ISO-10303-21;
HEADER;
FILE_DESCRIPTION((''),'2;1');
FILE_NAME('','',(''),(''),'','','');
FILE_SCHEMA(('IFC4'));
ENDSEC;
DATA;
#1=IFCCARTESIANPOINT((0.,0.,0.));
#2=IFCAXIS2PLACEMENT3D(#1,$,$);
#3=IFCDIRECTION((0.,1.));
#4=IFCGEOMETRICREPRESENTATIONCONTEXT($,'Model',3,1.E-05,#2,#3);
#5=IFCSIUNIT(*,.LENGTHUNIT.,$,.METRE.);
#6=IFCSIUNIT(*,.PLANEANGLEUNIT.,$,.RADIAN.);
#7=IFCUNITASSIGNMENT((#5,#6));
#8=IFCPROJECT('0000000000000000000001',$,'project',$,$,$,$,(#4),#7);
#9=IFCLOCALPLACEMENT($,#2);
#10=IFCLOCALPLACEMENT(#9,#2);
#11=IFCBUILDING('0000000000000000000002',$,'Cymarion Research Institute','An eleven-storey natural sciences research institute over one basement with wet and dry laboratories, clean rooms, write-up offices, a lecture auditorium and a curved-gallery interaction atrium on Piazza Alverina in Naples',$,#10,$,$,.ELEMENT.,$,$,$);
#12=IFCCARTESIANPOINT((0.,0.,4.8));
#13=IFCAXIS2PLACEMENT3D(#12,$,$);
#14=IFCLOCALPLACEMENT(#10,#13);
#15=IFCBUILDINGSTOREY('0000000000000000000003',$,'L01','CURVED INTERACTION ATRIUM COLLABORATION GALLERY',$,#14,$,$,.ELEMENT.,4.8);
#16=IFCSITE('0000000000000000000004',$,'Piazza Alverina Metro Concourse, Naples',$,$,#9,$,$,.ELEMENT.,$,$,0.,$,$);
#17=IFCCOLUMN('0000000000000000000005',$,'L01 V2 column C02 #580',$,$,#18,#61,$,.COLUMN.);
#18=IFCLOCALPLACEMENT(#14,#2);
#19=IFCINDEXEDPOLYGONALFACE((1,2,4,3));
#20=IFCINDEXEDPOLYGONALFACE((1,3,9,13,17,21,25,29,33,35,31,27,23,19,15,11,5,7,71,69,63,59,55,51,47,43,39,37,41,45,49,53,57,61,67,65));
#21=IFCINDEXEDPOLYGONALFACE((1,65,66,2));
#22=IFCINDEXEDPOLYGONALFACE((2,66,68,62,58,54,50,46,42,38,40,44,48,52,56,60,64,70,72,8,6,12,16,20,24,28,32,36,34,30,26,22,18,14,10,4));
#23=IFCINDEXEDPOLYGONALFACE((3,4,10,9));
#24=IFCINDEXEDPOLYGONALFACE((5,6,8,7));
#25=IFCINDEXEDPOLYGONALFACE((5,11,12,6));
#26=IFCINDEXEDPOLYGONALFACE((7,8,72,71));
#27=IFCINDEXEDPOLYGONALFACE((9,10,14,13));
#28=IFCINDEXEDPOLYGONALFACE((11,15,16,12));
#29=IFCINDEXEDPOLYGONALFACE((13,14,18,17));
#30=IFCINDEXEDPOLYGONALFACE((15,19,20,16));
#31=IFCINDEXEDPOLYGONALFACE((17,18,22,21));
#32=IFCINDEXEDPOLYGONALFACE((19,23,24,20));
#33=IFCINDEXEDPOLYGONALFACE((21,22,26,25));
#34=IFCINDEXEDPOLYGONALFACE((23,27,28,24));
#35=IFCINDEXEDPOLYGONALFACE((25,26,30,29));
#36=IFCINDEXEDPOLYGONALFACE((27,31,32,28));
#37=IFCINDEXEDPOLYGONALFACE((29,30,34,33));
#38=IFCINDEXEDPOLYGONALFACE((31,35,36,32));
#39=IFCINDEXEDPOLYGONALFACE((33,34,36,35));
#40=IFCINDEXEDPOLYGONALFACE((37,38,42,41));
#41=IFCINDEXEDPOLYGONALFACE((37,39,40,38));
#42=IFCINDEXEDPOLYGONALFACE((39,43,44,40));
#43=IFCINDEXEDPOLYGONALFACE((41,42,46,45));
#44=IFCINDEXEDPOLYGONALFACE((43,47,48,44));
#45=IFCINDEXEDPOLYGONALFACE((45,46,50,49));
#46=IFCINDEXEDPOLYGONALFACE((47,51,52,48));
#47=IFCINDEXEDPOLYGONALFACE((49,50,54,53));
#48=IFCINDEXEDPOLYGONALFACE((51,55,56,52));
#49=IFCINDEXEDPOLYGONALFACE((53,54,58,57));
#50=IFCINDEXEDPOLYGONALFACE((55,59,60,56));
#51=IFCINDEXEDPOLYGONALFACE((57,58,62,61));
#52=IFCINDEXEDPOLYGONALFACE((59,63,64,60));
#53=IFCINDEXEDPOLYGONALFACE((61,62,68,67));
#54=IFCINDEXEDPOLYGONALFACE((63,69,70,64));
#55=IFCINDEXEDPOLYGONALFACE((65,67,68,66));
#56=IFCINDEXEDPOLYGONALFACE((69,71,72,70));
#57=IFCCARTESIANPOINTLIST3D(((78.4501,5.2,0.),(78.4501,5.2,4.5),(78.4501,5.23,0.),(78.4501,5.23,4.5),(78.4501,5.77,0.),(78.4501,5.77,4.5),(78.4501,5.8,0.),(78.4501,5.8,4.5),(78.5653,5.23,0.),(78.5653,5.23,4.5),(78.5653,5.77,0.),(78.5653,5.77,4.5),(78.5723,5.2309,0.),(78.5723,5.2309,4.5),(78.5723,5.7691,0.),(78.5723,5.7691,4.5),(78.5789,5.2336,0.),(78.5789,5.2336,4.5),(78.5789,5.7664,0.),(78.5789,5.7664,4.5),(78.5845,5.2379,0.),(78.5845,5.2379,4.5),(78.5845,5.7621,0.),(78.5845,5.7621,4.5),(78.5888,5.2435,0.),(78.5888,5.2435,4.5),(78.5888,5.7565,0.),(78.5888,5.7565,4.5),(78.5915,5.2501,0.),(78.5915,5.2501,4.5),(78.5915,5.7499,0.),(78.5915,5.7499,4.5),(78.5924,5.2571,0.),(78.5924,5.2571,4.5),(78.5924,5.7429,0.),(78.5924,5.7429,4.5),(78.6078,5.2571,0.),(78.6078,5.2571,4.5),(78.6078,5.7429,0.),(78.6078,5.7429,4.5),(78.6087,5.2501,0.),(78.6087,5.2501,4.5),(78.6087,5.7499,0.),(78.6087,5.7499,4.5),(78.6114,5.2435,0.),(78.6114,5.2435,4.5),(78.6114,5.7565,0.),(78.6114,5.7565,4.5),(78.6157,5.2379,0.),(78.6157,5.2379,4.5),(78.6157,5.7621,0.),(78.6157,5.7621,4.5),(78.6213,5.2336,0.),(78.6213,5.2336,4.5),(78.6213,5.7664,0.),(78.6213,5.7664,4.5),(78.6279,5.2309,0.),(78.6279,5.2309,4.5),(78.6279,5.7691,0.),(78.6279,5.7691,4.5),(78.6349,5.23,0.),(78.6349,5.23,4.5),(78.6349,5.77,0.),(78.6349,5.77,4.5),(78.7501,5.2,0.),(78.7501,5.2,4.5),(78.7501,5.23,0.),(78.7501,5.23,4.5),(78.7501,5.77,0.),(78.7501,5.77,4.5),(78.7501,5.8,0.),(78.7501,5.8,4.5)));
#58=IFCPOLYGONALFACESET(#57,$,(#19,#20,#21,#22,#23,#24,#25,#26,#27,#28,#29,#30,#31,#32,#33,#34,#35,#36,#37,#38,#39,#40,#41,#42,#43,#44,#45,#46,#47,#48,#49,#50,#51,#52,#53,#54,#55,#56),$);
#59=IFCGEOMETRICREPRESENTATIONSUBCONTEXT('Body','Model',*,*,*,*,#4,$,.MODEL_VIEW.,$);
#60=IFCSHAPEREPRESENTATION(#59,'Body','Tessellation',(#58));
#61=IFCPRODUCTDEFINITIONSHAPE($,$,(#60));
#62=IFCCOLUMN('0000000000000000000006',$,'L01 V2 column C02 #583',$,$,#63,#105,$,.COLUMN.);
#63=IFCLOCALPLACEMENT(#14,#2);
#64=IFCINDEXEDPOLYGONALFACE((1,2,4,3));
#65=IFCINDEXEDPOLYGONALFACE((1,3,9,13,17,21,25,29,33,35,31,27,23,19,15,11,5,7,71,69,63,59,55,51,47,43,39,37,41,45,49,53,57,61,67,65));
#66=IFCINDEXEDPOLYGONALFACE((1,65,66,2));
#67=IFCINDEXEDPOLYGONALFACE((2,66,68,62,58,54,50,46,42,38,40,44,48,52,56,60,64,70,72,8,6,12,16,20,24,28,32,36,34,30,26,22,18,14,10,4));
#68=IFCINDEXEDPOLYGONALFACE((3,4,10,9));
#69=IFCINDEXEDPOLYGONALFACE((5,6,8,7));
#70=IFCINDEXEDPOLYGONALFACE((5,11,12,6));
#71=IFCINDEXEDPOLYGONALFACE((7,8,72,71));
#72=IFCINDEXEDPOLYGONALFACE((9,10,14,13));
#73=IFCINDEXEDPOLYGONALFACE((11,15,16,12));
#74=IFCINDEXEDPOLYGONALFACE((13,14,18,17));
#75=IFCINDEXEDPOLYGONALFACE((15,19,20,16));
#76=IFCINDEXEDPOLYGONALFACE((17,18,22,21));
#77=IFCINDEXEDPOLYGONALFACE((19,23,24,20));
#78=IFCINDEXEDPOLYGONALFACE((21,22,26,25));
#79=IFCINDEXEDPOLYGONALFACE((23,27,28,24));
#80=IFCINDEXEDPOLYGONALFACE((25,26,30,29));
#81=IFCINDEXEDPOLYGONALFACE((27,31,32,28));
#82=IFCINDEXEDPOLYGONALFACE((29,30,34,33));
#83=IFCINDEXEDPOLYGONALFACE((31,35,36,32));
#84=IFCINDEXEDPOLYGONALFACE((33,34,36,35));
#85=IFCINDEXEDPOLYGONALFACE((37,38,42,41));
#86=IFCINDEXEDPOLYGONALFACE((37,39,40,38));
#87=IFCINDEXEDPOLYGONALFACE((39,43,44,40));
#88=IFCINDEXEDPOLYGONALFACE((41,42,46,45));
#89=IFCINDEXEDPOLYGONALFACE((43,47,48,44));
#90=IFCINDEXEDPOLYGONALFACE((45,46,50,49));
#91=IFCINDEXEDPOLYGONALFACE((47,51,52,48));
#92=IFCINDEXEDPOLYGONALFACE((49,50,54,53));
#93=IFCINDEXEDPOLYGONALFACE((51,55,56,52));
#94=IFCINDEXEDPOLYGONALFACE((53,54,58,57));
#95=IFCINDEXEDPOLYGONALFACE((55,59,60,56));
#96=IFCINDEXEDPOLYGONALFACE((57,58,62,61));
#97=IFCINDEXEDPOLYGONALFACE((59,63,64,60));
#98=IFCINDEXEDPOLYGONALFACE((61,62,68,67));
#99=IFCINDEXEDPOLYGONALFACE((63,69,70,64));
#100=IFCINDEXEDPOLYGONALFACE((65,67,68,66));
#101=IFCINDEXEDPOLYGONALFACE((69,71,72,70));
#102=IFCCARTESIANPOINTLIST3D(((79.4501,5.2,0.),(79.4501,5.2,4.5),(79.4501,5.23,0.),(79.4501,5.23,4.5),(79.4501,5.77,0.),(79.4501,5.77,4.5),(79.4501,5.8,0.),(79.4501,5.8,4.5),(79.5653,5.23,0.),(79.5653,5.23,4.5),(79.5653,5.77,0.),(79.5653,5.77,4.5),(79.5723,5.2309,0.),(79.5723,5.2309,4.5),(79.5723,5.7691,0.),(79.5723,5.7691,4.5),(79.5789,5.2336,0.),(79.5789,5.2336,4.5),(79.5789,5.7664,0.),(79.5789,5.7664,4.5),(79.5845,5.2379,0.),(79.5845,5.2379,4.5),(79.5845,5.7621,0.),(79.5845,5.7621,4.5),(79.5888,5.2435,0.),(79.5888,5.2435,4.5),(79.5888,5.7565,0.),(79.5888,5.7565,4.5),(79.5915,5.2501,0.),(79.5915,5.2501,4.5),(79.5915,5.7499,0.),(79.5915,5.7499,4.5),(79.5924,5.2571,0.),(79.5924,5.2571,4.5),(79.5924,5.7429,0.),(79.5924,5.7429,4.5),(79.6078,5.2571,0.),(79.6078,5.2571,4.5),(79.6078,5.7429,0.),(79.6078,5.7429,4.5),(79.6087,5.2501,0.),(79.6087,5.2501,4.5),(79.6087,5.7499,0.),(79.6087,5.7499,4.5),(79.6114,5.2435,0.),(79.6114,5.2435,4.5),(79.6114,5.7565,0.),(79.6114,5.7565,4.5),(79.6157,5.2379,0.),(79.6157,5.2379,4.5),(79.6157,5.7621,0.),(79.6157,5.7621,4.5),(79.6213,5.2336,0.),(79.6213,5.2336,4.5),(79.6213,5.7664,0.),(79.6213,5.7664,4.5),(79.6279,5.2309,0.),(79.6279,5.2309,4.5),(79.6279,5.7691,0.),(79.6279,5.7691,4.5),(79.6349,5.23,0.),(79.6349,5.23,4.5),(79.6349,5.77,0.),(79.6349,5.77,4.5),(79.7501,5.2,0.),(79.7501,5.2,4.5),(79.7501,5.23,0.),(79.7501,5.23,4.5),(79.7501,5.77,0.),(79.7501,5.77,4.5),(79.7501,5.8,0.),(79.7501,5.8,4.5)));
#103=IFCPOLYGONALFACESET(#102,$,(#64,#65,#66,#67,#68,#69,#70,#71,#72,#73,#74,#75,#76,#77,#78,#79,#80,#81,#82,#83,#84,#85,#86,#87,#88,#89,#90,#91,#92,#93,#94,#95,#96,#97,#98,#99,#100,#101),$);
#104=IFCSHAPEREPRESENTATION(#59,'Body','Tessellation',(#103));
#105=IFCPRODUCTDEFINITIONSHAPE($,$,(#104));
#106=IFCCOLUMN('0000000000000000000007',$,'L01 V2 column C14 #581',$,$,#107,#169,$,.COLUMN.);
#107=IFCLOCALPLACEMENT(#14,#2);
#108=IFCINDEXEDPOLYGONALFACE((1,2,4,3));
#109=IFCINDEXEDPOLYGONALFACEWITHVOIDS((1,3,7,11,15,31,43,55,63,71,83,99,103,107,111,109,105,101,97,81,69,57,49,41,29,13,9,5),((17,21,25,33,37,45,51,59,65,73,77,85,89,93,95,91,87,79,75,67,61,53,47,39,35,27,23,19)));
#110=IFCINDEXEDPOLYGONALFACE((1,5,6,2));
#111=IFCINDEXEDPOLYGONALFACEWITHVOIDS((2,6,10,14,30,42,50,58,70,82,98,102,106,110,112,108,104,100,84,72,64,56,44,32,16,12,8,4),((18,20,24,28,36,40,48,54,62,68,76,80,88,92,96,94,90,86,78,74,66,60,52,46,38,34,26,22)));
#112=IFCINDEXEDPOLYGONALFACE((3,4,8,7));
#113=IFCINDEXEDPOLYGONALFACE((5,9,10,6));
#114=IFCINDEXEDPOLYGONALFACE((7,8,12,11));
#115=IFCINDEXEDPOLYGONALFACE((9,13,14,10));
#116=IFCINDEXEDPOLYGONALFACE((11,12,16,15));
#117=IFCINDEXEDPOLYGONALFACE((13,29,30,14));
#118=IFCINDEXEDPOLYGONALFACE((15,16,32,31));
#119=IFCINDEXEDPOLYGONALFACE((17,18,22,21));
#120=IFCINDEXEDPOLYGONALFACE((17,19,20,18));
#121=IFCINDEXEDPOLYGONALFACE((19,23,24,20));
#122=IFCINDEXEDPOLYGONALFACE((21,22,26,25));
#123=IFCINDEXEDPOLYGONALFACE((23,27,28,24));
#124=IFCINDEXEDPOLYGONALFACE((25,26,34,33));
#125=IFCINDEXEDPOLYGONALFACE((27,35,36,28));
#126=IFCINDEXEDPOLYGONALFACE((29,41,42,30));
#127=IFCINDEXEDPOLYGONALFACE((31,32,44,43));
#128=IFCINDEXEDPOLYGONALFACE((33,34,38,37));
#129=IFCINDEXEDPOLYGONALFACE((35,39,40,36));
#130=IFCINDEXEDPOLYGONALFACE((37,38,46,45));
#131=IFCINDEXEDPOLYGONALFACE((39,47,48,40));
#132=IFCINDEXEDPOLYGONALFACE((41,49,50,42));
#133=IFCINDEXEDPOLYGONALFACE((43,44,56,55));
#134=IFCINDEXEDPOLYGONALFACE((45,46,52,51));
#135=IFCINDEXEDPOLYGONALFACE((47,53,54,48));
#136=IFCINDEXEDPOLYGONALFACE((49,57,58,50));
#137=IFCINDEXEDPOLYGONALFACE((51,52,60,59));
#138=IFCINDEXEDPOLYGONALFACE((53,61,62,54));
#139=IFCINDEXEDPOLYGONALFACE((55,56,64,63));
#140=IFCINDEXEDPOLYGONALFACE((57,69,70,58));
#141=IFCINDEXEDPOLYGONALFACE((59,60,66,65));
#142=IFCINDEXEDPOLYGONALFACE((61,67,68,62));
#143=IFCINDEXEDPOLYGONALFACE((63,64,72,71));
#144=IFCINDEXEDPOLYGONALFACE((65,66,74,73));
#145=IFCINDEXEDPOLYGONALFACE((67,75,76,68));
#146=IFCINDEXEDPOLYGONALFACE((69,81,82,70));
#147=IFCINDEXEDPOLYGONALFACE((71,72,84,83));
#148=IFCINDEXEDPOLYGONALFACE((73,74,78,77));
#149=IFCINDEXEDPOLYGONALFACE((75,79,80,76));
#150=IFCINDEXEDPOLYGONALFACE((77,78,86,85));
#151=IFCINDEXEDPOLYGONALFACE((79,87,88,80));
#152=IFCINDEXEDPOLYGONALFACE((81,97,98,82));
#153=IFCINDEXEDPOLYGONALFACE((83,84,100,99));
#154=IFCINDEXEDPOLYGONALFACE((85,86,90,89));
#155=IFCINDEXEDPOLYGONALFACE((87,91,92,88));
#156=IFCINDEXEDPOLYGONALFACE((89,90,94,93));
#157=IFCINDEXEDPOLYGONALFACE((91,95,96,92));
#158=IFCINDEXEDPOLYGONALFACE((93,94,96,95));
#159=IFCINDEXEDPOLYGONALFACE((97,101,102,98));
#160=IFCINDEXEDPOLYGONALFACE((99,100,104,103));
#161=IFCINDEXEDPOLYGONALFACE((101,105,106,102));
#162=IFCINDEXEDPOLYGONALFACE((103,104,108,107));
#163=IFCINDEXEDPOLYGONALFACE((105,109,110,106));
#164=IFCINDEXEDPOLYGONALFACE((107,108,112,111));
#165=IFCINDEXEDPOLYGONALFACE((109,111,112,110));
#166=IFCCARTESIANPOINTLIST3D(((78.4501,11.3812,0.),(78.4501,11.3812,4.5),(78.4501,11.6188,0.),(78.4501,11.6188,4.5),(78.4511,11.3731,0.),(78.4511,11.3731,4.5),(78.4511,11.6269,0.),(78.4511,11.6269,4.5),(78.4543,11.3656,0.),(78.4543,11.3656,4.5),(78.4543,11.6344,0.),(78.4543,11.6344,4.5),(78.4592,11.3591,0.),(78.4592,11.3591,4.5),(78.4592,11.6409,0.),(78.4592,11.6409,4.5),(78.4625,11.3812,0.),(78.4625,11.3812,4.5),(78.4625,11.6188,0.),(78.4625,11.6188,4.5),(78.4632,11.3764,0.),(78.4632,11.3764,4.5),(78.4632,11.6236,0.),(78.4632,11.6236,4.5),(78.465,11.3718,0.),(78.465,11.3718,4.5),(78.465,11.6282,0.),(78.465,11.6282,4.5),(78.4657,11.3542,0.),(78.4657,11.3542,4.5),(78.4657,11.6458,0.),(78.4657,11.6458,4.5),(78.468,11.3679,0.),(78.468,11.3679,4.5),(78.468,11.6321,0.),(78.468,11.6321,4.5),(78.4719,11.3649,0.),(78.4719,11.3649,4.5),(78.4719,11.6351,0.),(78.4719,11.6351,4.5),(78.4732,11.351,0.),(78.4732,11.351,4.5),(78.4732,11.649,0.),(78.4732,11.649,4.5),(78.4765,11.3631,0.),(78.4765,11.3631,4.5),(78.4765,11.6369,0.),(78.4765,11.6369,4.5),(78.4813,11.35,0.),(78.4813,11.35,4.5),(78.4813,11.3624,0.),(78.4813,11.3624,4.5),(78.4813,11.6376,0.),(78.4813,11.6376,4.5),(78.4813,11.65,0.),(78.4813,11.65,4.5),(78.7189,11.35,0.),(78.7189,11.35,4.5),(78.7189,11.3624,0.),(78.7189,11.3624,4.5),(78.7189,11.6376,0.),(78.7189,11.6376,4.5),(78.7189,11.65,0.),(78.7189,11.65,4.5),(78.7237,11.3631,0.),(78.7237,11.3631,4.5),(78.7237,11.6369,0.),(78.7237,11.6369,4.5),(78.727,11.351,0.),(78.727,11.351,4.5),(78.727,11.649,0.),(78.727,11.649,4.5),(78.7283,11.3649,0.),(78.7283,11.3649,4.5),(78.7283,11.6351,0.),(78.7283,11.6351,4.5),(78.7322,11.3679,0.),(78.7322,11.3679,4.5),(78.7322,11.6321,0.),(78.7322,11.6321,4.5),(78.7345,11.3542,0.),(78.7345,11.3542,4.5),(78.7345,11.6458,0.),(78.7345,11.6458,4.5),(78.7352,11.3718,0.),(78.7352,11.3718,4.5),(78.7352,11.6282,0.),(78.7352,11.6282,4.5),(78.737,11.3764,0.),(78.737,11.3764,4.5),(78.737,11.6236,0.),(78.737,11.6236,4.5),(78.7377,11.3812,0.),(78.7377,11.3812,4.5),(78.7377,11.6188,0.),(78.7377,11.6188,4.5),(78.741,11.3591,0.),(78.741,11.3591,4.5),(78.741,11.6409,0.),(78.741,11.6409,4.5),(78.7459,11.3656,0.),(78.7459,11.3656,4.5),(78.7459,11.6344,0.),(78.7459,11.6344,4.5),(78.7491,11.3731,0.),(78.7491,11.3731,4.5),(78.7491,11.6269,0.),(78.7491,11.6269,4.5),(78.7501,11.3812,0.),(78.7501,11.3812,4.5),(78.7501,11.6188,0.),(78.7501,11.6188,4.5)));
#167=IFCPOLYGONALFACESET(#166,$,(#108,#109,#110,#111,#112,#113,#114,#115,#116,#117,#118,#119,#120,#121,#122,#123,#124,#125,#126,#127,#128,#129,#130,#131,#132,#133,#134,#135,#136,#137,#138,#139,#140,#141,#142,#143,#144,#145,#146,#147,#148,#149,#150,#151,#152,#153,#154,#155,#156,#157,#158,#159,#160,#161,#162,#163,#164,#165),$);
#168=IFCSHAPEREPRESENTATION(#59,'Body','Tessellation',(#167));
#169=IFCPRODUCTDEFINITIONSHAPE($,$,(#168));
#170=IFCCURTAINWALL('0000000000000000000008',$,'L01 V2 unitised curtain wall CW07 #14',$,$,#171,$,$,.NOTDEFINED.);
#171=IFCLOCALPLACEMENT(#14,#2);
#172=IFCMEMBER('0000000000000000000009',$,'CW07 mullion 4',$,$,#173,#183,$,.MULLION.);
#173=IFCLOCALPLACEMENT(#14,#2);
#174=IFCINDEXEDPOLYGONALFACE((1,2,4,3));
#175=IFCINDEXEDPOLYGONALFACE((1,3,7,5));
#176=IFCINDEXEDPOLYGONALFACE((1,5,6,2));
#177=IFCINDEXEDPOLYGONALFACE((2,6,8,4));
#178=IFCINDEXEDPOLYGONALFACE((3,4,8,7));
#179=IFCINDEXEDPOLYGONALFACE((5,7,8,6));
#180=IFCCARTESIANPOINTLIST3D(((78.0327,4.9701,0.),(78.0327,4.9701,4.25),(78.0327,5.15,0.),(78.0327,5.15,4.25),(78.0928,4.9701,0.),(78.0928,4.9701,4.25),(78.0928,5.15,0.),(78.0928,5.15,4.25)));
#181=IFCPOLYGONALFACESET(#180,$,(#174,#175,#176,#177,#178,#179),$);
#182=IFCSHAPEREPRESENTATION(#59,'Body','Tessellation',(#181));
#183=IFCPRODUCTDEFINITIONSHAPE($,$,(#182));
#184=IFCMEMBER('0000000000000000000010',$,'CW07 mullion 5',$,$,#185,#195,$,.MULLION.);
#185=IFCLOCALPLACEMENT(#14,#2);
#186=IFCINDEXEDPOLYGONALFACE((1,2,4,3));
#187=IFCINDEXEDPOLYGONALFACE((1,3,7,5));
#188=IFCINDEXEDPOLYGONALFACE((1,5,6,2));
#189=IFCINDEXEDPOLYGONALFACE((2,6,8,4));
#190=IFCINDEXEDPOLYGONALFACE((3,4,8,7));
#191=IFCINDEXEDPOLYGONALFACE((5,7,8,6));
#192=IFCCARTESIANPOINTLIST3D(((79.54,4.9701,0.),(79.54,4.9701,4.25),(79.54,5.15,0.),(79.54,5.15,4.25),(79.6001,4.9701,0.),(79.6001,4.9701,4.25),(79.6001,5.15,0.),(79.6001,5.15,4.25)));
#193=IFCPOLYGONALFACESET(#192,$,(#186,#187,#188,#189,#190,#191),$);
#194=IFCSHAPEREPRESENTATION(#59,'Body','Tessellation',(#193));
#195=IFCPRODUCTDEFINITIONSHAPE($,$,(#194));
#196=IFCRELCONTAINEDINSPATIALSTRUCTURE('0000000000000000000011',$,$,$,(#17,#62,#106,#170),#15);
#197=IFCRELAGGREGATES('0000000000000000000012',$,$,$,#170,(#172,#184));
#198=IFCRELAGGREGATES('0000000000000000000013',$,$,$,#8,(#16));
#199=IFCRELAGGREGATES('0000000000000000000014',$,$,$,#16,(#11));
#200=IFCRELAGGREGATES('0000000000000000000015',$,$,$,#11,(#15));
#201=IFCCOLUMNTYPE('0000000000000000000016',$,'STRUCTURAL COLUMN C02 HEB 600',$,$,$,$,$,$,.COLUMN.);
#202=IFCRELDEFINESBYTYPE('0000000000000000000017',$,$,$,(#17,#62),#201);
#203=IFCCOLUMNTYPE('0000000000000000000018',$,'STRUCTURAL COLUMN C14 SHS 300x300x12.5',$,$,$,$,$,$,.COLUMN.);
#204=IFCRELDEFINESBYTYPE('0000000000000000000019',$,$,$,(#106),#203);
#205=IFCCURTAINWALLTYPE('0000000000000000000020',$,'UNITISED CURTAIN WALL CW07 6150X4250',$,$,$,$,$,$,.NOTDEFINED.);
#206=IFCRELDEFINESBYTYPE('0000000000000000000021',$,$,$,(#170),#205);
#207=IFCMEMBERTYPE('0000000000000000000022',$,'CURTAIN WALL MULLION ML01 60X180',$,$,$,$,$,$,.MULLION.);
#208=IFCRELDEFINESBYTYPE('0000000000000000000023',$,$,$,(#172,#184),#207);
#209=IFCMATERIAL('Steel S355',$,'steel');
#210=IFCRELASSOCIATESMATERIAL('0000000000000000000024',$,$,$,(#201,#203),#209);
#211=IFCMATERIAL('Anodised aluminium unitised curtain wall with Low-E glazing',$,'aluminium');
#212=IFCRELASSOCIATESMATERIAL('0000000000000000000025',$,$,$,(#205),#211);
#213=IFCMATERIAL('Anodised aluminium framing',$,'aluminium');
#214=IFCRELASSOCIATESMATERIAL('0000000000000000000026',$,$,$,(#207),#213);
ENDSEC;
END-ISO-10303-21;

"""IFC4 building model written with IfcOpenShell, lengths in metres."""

from ifc_helpers import new_model, si_unit, direction, frame, origin, origin_2d, place, context, subcontext, project, spatial, rectangle, hollow_rectangle, i_section, extrude, material, material_profile, profile_set, type_object, element, aggregate, save


model = new_model("IFC4")

# Units and contexts
model_context = context("Model", 3, precision=1e-05, world=origin(), true_north=direction((0.0, 1.0)))
body_context = subcontext(model_context, "Body", "Model", "MODEL_VIEW")
ifc_project = project(units=[si_unit("LENGTHUNIT", "METRE"), si_unit("PLANEANGLEUNIT", "RADIAN")], contexts=[model_context])

# Site, building, storey
site_placement = place(None, origin())
site = spatial("IfcSite", under=ifc_project, at=site_placement, Name="Piazza Alverina Metro Concourse, Naples", CompositionType="ELEMENT", RefElevation=0.0)
building_placement = place(site_placement, origin())
building = spatial("IfcBuilding", under=site, at=building_placement, Name="Cymarion Research Institute", Description="An eleven-storey natural sciences research institute over one basement with wet and dry laboratories, clean rooms, write-up offices, a lecture auditorium and a curved-gallery interaction atrium on Piazza Alverina in Naples", CompositionType="ELEMENT")
storey_placement = place(building_placement, frame((0.0, 0.0, 4.8)))
storey = spatial("IfcBuildingStorey", under=building, at=storey_placement, Name="L01", Description="CURVED INTERACTION ATRIUM COLLABORATION GALLERY", CompositionType="ELEMENT", Elevation=4.8)

# Columns
ifc_material_1 = material(Name="Steel S355", Category="steel")
ifc_material_profile_1 = material_profile(ifc_material_1, i_section(OverallWidth=0.3, OverallDepth=0.6001, WebThickness=0.0154, FlangeThickness=0.03, FilletRadius=0.0271, at=origin_2d()), Name="HEB 600")
ifc_profile_set_1 = profile_set([ifc_material_profile_1], Name="Steel S355")
column_type_1 = type_object("IfcColumnType", Name="STRUCTURAL COLUMN C02 HEB 600", PredefinedType="COLUMN", material=ifc_profile_set_1)
for number, where, z_axis, x_axis, name in (
    (1, (78.6001, 5.5, 0.0), (0.0, 0.0, 1.0), (1.0, 0.0, 0.0), "L01 V2 column C02 #580"),
    (2, (79.6001, 5.5, 0.0), (0.0, 0.0, 1.0), (1.0, 0.0, 0.0), "L01 V2 column C02 #583"),
):
    element("IfcColumn", number, at=place(storey_placement, frame(where, z_axis=z_axis, x_axis=x_axis)), inside=storey, type_object=column_type_1, Name=name, PredefinedType="COLUMN", context=body_context, shape_type="SweptSolid", body=[
        extrude(i_section(OverallWidth=0.3, OverallDepth=0.6001, WebThickness=0.0154, FlangeThickness=0.03, FilletRadius=0.0271, at=origin_2d()), origin(), (0.0, 0.0, 1.0), 4.5),
    ])
ifc_material_profile_2 = material_profile(ifc_material_1, hollow_rectangle(XDim=0.3, YDim=0.3, WallThickness=0.0125, InnerFilletRadius=0.0188, OuterFilletRadius=0.0312, at=origin_2d()), Name="SHS 300x300x12.5")
ifc_profile_set_2 = profile_set([ifc_material_profile_2], Name="Steel S355")
column_type_2 = type_object("IfcColumnType", Name="STRUCTURAL COLUMN C14 SHS 300x300x12.5", PredefinedType="COLUMN", material=ifc_profile_set_2)
column_placement = place(storey_placement, frame((78.6001, 11.5, 0.0), z_axis=(0.0, 0.0, 1.0), x_axis=(1.0, 0.0, 0.0)))
element("IfcColumn", 3, at=column_placement, inside=storey, type_object=column_type_2, Name="L01 V2 column C14 #581", PredefinedType="COLUMN", context=body_context, shape_type="SweptSolid", body=[
    extrude(hollow_rectangle(XDim=0.3, YDim=0.3, WallThickness=0.0125, InnerFilletRadius=0.0188, OuterFilletRadius=0.0312, at=origin_2d()), origin(), (0.0, 0.0, 1.0), 4.5),
])

# Curtain wall, members
ifc_material_2 = material(Name="Anodised aluminium unitised curtain wall with Low-E glazing", Category="aluminium")
curtain_wall_type = type_object("IfcCurtainWallType", Name="UNITISED CURTAIN WALL CW07 6150X4250", PredefinedType="NOTDEFINED", material=ifc_material_2)
curtain_wall_1_placement = place(storey_placement, origin())
curtain_wall_1 = element("IfcCurtainWall", 4, at=curtain_wall_1_placement, inside=storey, type_object=curtain_wall_type, Name="L01 V2 unitised curtain wall CW07 #14", PredefinedType="NOTDEFINED")
ifc_material_3 = material(Name="Anodised aluminium framing", Category="aluminium")
ifc_material_profile_3 = material_profile(ifc_material_3, rectangle(XDim=0.0601, YDim=0.1799, at=origin_2d()), Name="ALU MULLION 60x180")
ifc_profile_set_3 = profile_set([ifc_material_profile_3], Name="Anodised aluminium framing")
member_type_1 = type_object("IfcMemberType", Name="CURTAIN WALL MULLION ML01 60X180", PredefinedType="MULLION", material=ifc_profile_set_3)
member_1_placement = place(storey_placement, frame((78.0627, 5.0601, 0.0), z_axis=(0.0, 0.0, 1.0), x_axis=(1.0, 0.0, 0.0)))
member_1 = element("IfcMember", 5, at=member_1_placement, type_object=member_type_1, Name="CW07 mullion 4", PredefinedType="MULLION", context=body_context, shape_type="SweptSolid", body=[
    extrude(rectangle(XDim=0.0601, YDim=0.1799, at=origin_2d()), origin(), (0.0, 0.0, 1.0), 4.25),
])
member_2_placement = place(storey_placement, frame((79.5701, 5.0601, 0.0), z_axis=(0.0, 0.0, 1.0), x_axis=(1.0, 0.0, 0.0)))
member_2 = element("IfcMember", 6, at=member_2_placement, type_object=member_type_1, Name="CW07 mullion 5", PredefinedType="MULLION", context=body_context, shape_type="SweptSolid", body=[
    extrude(rectangle(XDim=0.0601, YDim=0.1799, at=origin_2d()), origin(), (0.0, 0.0, 1.0), 4.25),
])

aggregate(curtain_wall_1, [member_1, member_2])

save(model, "model.ifc")
